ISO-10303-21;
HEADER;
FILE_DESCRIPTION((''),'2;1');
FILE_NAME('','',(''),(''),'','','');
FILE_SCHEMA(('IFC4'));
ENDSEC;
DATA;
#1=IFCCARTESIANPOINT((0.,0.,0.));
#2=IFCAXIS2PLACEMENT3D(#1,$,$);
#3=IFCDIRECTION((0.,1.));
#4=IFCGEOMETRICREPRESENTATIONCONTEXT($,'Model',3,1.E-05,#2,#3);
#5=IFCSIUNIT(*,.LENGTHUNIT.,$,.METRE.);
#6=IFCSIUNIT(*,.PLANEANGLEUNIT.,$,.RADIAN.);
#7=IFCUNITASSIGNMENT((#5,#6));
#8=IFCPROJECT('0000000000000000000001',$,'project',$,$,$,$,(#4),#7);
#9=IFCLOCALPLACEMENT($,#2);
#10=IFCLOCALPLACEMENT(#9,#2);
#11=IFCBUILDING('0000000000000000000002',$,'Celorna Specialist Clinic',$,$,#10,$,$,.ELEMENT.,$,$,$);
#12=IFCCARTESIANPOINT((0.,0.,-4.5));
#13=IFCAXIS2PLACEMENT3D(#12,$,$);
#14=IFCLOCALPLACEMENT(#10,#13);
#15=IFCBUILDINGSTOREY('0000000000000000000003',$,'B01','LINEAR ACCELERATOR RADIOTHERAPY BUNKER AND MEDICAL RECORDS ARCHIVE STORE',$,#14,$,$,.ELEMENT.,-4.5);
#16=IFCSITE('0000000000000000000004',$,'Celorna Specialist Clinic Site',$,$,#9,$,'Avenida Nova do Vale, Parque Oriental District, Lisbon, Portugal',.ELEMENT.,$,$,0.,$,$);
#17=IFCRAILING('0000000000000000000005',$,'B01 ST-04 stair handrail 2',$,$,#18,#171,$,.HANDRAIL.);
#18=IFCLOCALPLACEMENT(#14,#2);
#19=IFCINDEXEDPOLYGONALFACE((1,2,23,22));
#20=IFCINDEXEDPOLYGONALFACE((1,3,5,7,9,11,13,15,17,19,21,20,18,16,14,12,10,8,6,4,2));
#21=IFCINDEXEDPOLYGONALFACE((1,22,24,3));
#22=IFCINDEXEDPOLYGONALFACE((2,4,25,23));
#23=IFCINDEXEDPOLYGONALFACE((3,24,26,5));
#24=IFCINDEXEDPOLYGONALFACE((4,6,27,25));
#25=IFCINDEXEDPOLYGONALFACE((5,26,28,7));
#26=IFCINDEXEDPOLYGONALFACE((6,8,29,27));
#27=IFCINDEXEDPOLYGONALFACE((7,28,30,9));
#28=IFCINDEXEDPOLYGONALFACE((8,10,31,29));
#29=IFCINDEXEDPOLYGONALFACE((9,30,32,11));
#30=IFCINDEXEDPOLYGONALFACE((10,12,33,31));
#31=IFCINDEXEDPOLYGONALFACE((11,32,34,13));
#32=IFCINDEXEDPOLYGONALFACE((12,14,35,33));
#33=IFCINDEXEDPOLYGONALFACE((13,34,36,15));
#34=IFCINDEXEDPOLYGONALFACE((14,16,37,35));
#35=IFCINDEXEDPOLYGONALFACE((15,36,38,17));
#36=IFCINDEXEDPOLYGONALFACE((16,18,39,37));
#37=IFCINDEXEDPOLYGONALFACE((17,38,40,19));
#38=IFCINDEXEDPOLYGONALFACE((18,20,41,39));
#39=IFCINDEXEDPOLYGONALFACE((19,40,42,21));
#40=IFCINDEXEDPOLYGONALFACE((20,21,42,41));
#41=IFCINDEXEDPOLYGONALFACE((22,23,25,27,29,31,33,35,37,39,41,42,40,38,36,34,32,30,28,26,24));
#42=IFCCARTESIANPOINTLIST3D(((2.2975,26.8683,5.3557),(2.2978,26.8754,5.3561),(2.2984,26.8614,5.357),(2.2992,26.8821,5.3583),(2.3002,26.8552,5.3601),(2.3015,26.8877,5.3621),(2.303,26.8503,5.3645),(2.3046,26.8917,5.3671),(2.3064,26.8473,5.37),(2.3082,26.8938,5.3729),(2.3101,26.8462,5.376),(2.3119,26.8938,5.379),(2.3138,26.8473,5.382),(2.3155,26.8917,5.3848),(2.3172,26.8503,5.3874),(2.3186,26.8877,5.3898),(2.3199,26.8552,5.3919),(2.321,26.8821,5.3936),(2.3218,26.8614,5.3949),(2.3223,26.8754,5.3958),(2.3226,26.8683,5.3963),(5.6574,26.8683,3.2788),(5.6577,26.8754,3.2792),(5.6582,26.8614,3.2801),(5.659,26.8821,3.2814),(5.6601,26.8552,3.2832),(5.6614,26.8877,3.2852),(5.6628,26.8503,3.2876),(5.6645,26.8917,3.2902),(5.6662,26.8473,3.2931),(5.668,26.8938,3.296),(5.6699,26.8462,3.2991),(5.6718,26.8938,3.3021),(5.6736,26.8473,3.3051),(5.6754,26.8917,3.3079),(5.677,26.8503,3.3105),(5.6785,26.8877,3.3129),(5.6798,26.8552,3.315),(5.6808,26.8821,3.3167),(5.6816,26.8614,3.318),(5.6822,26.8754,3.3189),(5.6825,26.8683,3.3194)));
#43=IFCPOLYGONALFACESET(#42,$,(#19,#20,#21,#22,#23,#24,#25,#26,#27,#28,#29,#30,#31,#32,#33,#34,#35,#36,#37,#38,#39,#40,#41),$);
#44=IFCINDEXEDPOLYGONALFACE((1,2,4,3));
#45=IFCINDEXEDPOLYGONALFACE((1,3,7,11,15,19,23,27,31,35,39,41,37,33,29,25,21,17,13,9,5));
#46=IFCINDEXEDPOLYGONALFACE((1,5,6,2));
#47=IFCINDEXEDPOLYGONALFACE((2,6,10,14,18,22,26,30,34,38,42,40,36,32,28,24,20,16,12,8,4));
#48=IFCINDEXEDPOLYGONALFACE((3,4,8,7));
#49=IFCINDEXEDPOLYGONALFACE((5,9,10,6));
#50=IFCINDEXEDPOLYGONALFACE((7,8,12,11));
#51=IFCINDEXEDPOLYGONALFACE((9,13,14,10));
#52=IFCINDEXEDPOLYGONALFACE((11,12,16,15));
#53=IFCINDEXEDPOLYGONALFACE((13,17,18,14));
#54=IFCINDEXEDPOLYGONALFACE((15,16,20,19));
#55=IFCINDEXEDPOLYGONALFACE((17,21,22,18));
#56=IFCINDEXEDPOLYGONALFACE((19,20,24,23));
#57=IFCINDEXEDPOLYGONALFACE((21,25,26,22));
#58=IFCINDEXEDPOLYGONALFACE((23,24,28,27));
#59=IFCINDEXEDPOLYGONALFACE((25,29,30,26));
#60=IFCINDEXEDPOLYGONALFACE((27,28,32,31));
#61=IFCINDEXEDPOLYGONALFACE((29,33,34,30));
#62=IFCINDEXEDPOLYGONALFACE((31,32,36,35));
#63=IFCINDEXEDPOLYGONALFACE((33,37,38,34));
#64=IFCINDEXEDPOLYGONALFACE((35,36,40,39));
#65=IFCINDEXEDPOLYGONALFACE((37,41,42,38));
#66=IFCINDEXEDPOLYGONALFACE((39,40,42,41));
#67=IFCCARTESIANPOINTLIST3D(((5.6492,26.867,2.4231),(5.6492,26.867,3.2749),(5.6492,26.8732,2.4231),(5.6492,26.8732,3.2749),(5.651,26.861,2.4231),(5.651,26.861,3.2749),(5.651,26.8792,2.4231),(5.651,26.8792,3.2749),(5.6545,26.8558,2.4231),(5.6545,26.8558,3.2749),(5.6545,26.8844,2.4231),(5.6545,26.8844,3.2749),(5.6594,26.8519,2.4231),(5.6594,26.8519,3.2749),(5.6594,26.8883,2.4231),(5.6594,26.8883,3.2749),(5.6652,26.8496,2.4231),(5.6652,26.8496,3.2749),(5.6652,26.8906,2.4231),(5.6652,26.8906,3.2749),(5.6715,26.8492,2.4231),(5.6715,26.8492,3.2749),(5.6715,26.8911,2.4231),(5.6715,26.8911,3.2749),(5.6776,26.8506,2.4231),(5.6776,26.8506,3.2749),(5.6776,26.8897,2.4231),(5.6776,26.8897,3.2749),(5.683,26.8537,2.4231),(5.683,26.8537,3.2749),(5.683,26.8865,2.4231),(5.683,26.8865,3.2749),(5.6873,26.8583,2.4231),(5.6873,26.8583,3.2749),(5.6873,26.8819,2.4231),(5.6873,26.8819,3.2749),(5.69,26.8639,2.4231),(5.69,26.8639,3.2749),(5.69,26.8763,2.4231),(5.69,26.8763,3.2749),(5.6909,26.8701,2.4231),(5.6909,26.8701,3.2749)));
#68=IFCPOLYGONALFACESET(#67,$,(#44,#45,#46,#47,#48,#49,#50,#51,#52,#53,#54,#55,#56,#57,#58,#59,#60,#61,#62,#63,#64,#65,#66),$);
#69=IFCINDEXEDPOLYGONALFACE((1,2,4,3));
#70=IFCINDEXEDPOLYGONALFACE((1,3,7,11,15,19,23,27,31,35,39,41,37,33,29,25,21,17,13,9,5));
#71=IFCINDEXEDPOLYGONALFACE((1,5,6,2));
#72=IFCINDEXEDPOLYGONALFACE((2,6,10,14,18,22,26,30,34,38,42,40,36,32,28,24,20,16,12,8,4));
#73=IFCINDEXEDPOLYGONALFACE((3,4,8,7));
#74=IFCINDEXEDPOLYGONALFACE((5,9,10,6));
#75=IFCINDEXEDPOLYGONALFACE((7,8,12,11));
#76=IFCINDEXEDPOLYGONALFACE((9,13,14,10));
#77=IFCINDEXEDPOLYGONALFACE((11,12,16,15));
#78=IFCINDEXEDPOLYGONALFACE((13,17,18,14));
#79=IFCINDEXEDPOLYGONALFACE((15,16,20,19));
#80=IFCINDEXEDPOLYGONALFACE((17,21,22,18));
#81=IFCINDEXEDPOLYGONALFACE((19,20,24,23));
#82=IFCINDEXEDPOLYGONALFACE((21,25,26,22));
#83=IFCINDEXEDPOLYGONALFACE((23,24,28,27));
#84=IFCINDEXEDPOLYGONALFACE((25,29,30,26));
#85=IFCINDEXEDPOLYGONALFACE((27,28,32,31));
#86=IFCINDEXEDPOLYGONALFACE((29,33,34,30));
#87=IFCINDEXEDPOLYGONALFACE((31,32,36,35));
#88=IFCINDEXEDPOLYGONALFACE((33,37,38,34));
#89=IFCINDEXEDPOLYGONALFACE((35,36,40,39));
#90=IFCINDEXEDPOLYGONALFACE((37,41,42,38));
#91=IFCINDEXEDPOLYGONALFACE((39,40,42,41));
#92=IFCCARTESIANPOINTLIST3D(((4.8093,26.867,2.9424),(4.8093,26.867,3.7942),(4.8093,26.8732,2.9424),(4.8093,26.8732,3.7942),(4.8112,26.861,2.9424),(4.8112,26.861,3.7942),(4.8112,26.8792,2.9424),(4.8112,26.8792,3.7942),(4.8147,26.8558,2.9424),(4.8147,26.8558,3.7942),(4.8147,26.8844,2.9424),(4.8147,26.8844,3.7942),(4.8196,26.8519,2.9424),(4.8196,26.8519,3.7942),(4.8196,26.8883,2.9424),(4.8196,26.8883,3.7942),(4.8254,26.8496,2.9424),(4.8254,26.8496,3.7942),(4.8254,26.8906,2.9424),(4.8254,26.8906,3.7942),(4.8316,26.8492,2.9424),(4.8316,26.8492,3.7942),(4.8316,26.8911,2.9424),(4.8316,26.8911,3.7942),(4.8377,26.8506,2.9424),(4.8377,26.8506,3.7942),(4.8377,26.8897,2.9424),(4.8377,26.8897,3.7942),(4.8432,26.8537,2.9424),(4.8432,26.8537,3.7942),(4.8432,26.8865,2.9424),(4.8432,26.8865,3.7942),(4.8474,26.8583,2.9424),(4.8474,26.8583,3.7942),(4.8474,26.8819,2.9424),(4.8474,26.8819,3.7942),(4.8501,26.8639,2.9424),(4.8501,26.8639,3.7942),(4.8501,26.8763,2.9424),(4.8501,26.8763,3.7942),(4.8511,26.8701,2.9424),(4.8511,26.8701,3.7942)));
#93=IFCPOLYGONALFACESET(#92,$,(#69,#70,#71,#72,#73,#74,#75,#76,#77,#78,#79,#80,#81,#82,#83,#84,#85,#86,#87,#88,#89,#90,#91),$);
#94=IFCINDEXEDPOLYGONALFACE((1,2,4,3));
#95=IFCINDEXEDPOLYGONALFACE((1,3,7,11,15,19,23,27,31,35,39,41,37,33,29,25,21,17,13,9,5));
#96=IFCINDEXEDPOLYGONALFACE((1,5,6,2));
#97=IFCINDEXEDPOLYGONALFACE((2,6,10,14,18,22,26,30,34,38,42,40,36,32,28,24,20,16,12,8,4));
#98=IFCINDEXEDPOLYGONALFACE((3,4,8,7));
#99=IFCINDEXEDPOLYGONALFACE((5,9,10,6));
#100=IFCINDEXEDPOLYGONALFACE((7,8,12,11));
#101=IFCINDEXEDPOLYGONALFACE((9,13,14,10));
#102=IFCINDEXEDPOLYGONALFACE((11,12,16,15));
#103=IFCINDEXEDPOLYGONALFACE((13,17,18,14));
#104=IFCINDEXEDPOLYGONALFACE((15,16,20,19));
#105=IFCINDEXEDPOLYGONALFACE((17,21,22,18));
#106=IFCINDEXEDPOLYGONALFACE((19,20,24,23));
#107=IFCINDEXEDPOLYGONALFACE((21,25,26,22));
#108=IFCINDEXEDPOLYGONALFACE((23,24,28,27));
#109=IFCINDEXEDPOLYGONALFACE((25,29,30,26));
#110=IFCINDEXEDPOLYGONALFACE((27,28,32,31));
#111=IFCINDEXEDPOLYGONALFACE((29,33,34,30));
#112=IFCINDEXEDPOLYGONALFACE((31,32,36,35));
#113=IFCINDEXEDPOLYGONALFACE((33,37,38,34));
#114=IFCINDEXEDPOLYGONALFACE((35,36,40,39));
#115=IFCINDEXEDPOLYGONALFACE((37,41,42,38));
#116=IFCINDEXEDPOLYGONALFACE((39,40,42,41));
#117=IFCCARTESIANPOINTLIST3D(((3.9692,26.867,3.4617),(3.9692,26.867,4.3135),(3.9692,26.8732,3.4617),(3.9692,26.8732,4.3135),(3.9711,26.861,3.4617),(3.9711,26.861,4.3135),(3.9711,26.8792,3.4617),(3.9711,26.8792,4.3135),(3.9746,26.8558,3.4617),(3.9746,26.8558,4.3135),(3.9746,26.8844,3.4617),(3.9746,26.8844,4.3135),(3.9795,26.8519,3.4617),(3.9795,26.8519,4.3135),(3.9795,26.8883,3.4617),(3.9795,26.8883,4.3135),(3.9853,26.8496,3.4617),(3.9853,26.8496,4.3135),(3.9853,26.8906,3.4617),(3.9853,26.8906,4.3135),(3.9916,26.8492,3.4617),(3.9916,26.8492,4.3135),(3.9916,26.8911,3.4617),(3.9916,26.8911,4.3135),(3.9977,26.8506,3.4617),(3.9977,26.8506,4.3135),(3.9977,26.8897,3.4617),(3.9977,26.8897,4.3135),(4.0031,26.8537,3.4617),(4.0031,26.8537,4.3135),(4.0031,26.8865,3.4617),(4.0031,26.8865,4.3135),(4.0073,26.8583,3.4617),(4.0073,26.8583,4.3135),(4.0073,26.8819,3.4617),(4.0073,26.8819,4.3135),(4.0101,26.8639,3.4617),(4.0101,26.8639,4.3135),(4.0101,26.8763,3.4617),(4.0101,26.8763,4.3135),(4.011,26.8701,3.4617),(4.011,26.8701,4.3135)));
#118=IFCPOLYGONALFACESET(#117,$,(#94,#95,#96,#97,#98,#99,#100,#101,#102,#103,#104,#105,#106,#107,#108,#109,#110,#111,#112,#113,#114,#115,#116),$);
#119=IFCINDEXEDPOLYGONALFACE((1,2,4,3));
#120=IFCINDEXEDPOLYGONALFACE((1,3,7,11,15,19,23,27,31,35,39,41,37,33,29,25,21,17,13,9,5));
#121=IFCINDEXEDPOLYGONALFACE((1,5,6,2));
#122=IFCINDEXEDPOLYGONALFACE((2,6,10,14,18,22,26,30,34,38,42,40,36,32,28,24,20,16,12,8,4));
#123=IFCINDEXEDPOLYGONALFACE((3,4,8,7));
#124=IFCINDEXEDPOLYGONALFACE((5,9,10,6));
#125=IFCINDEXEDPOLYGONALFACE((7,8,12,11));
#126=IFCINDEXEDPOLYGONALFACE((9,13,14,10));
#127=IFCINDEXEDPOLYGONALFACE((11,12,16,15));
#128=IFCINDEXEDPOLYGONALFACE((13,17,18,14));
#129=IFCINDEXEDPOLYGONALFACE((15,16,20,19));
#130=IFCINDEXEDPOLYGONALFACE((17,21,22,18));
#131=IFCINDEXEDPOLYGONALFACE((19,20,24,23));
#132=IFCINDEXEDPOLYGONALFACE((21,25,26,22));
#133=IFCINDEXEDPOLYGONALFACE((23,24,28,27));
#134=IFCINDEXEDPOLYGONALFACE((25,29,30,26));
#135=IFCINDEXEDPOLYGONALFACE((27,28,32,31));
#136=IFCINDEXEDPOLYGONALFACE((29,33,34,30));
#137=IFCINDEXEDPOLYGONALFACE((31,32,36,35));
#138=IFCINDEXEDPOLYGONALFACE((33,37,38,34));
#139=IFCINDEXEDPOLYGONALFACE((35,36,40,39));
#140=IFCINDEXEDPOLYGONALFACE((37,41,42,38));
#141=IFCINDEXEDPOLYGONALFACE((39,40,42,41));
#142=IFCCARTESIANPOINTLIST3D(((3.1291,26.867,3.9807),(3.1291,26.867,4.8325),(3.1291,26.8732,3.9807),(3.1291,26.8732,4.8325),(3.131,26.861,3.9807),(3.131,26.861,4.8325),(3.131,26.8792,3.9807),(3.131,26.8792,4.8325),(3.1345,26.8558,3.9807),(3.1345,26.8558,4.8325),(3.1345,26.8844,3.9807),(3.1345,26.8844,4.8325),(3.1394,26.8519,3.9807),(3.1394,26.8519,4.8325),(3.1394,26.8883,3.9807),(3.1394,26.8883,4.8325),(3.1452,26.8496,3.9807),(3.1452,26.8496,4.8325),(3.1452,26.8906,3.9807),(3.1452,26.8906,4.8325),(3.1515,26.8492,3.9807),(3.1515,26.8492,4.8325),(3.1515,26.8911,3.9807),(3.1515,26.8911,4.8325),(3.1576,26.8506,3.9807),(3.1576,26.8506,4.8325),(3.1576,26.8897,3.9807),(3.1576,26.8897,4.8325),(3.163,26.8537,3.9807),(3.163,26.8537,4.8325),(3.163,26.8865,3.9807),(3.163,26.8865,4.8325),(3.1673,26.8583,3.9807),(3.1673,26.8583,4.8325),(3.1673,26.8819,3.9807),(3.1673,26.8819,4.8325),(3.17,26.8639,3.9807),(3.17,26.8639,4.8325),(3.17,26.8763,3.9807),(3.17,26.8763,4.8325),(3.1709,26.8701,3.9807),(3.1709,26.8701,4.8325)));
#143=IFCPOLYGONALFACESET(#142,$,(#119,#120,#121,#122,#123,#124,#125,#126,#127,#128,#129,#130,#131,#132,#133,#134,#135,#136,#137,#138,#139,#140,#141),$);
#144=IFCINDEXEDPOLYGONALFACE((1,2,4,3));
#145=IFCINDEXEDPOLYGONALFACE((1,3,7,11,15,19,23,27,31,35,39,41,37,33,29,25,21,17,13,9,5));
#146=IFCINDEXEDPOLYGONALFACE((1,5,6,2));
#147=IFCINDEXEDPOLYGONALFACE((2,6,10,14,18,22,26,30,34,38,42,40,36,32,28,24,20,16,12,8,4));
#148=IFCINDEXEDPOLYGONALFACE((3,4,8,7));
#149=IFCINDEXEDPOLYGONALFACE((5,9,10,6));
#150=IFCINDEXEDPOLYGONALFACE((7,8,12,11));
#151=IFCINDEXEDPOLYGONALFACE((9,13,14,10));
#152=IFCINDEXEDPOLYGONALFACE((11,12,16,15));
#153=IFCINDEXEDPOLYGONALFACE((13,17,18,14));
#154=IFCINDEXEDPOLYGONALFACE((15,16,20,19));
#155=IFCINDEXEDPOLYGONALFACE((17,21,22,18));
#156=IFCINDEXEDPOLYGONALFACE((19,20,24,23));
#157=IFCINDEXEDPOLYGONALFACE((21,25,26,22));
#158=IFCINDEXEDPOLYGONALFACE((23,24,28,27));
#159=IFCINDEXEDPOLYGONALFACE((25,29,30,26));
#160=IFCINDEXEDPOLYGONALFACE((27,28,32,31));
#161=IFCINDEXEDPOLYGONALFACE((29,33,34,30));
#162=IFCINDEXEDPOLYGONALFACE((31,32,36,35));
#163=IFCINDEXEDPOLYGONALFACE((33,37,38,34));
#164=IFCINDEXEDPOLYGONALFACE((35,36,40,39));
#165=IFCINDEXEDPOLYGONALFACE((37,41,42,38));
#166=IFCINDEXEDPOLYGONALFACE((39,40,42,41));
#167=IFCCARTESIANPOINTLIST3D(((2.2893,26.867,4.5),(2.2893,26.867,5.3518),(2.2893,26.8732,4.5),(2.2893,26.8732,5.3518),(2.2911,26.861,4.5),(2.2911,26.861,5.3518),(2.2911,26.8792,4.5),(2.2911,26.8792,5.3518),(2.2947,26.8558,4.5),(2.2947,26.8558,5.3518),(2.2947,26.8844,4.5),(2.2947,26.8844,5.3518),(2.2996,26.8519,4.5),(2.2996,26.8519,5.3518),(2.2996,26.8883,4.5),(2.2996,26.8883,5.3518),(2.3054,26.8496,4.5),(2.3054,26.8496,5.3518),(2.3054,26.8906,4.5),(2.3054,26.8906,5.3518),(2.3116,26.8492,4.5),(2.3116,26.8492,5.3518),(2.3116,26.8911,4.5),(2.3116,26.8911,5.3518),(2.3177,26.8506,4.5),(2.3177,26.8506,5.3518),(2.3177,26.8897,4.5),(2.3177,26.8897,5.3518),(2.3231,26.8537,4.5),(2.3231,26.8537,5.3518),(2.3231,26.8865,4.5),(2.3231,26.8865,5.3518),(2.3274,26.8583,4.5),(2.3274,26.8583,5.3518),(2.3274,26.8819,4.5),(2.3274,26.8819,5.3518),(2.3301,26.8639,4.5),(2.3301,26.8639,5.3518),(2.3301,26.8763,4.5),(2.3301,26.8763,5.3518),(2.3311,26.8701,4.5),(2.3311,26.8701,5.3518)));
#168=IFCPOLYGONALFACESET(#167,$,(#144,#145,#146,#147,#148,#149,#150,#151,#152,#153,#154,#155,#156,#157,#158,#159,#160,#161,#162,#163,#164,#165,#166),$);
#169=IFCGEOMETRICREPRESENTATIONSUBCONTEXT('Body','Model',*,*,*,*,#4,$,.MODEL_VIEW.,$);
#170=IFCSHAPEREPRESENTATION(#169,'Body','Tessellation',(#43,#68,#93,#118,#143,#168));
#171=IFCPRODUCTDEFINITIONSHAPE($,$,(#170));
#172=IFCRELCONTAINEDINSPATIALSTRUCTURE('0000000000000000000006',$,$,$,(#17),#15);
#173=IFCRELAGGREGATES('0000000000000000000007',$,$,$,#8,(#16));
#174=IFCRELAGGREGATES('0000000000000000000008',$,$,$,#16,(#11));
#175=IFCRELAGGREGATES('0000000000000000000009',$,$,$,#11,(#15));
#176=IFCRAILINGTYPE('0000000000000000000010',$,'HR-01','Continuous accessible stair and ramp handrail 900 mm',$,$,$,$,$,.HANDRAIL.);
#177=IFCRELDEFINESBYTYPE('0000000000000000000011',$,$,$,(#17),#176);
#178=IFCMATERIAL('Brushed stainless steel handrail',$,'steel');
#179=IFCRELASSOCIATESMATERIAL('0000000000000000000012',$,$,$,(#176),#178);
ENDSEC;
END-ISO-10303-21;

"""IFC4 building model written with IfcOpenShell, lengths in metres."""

from ifc_helpers import new_model, si_unit, direction, frame, origin, origin_2d, place, context, subcontext, project, spatial, circle, extrude, material, type_object, element, save


model = new_model("IFC4")

# Units and contexts
model_context = context("Model", 3, precision=1e-05, world=origin(), true_north=direction((0.0, 1.0)))
body_context = subcontext(model_context, "Body", "Model", "MODEL_VIEW")
ifc_project = project(units=[si_unit("LENGTHUNIT", "METRE"), si_unit("PLANEANGLEUNIT", "RADIAN")], contexts=[model_context])

# Site, building, storey
site_placement = place(None, origin())
site = spatial("IfcSite", under=ifc_project, at=site_placement, Name="Celorna Specialist Clinic Site", LongName="Avenida Nova do Vale, Parque Oriental District, Lisbon, Portugal", CompositionType="ELEMENT", RefElevation=0.0)
building_placement = place(site_placement, origin())
building = spatial("IfcBuilding", under=site, at=building_placement, Name="Celorna Specialist Clinic", CompositionType="ELEMENT")
storey_placement = place(building_placement, frame((0.0, 0.0, -4.5)))
storey = spatial("IfcBuildingStorey", under=building, at=storey_placement, Name="B01", Description="LINEAR ACCELERATOR RADIOTHERAPY BUNKER AND MEDICAL RECORDS ARCHIVE STORE", CompositionType="ELEMENT", Elevation=-4.5)

# Railing
ifc_material_1 = material(Name="Brushed stainless steel handrail", Category="steel")
railing_type_1 = type_object("IfcRailingType", Name="HR-01", Description="Continuous accessible stair and ramp handrail 900 mm", PredefinedType="HANDRAIL", material=ifc_material_1)
railing_1_placement = place(storey_placement, frame((5.6699, 26.8701, 2.4231)))
element("IfcRailing", 1, at=railing_1_placement, inside=storey, type_object=railing_type_1, Name="B01 ST-04 stair handrail 2", PredefinedType="HANDRAIL", context=body_context, shape_type="SweptSolid", body=[
    extrude(circle(Radius=0.0239, at=origin_2d()), frame((0.0, 0.0, 0.876), z_axis=(-0.850606, 0.0, 0.525803), x_axis=(0.0, -1.0, 0.0)), (0.0, 0.0, 1.0), 3.95),
    extrude(circle(Radius=0.021, at=origin_2d()), origin(), (0.0, 0.0, 1.0), 0.8518),
    extrude(circle(Radius=0.021, at=origin_2d()), frame((-0.8398, 0.0, 0.5193)), (0.0, 0.0, 1.0), 0.8518),
    extrude(circle(Radius=0.021, at=origin_2d()), frame((-1.6799, 0.0, 1.0386)), (0.0, 0.0, 1.0), 0.8518),
    extrude(circle(Radius=0.021, at=origin_2d()), frame((-2.52, 0.0, 1.5576)), (0.0, 0.0, 1.0), 0.8518),
    extrude(circle(Radius=0.021, at=origin_2d()), frame((-3.3599, 0.0, 2.0769)), (0.0, 0.0, 1.0), 0.8518),
])

save(model, "model.ifc")
